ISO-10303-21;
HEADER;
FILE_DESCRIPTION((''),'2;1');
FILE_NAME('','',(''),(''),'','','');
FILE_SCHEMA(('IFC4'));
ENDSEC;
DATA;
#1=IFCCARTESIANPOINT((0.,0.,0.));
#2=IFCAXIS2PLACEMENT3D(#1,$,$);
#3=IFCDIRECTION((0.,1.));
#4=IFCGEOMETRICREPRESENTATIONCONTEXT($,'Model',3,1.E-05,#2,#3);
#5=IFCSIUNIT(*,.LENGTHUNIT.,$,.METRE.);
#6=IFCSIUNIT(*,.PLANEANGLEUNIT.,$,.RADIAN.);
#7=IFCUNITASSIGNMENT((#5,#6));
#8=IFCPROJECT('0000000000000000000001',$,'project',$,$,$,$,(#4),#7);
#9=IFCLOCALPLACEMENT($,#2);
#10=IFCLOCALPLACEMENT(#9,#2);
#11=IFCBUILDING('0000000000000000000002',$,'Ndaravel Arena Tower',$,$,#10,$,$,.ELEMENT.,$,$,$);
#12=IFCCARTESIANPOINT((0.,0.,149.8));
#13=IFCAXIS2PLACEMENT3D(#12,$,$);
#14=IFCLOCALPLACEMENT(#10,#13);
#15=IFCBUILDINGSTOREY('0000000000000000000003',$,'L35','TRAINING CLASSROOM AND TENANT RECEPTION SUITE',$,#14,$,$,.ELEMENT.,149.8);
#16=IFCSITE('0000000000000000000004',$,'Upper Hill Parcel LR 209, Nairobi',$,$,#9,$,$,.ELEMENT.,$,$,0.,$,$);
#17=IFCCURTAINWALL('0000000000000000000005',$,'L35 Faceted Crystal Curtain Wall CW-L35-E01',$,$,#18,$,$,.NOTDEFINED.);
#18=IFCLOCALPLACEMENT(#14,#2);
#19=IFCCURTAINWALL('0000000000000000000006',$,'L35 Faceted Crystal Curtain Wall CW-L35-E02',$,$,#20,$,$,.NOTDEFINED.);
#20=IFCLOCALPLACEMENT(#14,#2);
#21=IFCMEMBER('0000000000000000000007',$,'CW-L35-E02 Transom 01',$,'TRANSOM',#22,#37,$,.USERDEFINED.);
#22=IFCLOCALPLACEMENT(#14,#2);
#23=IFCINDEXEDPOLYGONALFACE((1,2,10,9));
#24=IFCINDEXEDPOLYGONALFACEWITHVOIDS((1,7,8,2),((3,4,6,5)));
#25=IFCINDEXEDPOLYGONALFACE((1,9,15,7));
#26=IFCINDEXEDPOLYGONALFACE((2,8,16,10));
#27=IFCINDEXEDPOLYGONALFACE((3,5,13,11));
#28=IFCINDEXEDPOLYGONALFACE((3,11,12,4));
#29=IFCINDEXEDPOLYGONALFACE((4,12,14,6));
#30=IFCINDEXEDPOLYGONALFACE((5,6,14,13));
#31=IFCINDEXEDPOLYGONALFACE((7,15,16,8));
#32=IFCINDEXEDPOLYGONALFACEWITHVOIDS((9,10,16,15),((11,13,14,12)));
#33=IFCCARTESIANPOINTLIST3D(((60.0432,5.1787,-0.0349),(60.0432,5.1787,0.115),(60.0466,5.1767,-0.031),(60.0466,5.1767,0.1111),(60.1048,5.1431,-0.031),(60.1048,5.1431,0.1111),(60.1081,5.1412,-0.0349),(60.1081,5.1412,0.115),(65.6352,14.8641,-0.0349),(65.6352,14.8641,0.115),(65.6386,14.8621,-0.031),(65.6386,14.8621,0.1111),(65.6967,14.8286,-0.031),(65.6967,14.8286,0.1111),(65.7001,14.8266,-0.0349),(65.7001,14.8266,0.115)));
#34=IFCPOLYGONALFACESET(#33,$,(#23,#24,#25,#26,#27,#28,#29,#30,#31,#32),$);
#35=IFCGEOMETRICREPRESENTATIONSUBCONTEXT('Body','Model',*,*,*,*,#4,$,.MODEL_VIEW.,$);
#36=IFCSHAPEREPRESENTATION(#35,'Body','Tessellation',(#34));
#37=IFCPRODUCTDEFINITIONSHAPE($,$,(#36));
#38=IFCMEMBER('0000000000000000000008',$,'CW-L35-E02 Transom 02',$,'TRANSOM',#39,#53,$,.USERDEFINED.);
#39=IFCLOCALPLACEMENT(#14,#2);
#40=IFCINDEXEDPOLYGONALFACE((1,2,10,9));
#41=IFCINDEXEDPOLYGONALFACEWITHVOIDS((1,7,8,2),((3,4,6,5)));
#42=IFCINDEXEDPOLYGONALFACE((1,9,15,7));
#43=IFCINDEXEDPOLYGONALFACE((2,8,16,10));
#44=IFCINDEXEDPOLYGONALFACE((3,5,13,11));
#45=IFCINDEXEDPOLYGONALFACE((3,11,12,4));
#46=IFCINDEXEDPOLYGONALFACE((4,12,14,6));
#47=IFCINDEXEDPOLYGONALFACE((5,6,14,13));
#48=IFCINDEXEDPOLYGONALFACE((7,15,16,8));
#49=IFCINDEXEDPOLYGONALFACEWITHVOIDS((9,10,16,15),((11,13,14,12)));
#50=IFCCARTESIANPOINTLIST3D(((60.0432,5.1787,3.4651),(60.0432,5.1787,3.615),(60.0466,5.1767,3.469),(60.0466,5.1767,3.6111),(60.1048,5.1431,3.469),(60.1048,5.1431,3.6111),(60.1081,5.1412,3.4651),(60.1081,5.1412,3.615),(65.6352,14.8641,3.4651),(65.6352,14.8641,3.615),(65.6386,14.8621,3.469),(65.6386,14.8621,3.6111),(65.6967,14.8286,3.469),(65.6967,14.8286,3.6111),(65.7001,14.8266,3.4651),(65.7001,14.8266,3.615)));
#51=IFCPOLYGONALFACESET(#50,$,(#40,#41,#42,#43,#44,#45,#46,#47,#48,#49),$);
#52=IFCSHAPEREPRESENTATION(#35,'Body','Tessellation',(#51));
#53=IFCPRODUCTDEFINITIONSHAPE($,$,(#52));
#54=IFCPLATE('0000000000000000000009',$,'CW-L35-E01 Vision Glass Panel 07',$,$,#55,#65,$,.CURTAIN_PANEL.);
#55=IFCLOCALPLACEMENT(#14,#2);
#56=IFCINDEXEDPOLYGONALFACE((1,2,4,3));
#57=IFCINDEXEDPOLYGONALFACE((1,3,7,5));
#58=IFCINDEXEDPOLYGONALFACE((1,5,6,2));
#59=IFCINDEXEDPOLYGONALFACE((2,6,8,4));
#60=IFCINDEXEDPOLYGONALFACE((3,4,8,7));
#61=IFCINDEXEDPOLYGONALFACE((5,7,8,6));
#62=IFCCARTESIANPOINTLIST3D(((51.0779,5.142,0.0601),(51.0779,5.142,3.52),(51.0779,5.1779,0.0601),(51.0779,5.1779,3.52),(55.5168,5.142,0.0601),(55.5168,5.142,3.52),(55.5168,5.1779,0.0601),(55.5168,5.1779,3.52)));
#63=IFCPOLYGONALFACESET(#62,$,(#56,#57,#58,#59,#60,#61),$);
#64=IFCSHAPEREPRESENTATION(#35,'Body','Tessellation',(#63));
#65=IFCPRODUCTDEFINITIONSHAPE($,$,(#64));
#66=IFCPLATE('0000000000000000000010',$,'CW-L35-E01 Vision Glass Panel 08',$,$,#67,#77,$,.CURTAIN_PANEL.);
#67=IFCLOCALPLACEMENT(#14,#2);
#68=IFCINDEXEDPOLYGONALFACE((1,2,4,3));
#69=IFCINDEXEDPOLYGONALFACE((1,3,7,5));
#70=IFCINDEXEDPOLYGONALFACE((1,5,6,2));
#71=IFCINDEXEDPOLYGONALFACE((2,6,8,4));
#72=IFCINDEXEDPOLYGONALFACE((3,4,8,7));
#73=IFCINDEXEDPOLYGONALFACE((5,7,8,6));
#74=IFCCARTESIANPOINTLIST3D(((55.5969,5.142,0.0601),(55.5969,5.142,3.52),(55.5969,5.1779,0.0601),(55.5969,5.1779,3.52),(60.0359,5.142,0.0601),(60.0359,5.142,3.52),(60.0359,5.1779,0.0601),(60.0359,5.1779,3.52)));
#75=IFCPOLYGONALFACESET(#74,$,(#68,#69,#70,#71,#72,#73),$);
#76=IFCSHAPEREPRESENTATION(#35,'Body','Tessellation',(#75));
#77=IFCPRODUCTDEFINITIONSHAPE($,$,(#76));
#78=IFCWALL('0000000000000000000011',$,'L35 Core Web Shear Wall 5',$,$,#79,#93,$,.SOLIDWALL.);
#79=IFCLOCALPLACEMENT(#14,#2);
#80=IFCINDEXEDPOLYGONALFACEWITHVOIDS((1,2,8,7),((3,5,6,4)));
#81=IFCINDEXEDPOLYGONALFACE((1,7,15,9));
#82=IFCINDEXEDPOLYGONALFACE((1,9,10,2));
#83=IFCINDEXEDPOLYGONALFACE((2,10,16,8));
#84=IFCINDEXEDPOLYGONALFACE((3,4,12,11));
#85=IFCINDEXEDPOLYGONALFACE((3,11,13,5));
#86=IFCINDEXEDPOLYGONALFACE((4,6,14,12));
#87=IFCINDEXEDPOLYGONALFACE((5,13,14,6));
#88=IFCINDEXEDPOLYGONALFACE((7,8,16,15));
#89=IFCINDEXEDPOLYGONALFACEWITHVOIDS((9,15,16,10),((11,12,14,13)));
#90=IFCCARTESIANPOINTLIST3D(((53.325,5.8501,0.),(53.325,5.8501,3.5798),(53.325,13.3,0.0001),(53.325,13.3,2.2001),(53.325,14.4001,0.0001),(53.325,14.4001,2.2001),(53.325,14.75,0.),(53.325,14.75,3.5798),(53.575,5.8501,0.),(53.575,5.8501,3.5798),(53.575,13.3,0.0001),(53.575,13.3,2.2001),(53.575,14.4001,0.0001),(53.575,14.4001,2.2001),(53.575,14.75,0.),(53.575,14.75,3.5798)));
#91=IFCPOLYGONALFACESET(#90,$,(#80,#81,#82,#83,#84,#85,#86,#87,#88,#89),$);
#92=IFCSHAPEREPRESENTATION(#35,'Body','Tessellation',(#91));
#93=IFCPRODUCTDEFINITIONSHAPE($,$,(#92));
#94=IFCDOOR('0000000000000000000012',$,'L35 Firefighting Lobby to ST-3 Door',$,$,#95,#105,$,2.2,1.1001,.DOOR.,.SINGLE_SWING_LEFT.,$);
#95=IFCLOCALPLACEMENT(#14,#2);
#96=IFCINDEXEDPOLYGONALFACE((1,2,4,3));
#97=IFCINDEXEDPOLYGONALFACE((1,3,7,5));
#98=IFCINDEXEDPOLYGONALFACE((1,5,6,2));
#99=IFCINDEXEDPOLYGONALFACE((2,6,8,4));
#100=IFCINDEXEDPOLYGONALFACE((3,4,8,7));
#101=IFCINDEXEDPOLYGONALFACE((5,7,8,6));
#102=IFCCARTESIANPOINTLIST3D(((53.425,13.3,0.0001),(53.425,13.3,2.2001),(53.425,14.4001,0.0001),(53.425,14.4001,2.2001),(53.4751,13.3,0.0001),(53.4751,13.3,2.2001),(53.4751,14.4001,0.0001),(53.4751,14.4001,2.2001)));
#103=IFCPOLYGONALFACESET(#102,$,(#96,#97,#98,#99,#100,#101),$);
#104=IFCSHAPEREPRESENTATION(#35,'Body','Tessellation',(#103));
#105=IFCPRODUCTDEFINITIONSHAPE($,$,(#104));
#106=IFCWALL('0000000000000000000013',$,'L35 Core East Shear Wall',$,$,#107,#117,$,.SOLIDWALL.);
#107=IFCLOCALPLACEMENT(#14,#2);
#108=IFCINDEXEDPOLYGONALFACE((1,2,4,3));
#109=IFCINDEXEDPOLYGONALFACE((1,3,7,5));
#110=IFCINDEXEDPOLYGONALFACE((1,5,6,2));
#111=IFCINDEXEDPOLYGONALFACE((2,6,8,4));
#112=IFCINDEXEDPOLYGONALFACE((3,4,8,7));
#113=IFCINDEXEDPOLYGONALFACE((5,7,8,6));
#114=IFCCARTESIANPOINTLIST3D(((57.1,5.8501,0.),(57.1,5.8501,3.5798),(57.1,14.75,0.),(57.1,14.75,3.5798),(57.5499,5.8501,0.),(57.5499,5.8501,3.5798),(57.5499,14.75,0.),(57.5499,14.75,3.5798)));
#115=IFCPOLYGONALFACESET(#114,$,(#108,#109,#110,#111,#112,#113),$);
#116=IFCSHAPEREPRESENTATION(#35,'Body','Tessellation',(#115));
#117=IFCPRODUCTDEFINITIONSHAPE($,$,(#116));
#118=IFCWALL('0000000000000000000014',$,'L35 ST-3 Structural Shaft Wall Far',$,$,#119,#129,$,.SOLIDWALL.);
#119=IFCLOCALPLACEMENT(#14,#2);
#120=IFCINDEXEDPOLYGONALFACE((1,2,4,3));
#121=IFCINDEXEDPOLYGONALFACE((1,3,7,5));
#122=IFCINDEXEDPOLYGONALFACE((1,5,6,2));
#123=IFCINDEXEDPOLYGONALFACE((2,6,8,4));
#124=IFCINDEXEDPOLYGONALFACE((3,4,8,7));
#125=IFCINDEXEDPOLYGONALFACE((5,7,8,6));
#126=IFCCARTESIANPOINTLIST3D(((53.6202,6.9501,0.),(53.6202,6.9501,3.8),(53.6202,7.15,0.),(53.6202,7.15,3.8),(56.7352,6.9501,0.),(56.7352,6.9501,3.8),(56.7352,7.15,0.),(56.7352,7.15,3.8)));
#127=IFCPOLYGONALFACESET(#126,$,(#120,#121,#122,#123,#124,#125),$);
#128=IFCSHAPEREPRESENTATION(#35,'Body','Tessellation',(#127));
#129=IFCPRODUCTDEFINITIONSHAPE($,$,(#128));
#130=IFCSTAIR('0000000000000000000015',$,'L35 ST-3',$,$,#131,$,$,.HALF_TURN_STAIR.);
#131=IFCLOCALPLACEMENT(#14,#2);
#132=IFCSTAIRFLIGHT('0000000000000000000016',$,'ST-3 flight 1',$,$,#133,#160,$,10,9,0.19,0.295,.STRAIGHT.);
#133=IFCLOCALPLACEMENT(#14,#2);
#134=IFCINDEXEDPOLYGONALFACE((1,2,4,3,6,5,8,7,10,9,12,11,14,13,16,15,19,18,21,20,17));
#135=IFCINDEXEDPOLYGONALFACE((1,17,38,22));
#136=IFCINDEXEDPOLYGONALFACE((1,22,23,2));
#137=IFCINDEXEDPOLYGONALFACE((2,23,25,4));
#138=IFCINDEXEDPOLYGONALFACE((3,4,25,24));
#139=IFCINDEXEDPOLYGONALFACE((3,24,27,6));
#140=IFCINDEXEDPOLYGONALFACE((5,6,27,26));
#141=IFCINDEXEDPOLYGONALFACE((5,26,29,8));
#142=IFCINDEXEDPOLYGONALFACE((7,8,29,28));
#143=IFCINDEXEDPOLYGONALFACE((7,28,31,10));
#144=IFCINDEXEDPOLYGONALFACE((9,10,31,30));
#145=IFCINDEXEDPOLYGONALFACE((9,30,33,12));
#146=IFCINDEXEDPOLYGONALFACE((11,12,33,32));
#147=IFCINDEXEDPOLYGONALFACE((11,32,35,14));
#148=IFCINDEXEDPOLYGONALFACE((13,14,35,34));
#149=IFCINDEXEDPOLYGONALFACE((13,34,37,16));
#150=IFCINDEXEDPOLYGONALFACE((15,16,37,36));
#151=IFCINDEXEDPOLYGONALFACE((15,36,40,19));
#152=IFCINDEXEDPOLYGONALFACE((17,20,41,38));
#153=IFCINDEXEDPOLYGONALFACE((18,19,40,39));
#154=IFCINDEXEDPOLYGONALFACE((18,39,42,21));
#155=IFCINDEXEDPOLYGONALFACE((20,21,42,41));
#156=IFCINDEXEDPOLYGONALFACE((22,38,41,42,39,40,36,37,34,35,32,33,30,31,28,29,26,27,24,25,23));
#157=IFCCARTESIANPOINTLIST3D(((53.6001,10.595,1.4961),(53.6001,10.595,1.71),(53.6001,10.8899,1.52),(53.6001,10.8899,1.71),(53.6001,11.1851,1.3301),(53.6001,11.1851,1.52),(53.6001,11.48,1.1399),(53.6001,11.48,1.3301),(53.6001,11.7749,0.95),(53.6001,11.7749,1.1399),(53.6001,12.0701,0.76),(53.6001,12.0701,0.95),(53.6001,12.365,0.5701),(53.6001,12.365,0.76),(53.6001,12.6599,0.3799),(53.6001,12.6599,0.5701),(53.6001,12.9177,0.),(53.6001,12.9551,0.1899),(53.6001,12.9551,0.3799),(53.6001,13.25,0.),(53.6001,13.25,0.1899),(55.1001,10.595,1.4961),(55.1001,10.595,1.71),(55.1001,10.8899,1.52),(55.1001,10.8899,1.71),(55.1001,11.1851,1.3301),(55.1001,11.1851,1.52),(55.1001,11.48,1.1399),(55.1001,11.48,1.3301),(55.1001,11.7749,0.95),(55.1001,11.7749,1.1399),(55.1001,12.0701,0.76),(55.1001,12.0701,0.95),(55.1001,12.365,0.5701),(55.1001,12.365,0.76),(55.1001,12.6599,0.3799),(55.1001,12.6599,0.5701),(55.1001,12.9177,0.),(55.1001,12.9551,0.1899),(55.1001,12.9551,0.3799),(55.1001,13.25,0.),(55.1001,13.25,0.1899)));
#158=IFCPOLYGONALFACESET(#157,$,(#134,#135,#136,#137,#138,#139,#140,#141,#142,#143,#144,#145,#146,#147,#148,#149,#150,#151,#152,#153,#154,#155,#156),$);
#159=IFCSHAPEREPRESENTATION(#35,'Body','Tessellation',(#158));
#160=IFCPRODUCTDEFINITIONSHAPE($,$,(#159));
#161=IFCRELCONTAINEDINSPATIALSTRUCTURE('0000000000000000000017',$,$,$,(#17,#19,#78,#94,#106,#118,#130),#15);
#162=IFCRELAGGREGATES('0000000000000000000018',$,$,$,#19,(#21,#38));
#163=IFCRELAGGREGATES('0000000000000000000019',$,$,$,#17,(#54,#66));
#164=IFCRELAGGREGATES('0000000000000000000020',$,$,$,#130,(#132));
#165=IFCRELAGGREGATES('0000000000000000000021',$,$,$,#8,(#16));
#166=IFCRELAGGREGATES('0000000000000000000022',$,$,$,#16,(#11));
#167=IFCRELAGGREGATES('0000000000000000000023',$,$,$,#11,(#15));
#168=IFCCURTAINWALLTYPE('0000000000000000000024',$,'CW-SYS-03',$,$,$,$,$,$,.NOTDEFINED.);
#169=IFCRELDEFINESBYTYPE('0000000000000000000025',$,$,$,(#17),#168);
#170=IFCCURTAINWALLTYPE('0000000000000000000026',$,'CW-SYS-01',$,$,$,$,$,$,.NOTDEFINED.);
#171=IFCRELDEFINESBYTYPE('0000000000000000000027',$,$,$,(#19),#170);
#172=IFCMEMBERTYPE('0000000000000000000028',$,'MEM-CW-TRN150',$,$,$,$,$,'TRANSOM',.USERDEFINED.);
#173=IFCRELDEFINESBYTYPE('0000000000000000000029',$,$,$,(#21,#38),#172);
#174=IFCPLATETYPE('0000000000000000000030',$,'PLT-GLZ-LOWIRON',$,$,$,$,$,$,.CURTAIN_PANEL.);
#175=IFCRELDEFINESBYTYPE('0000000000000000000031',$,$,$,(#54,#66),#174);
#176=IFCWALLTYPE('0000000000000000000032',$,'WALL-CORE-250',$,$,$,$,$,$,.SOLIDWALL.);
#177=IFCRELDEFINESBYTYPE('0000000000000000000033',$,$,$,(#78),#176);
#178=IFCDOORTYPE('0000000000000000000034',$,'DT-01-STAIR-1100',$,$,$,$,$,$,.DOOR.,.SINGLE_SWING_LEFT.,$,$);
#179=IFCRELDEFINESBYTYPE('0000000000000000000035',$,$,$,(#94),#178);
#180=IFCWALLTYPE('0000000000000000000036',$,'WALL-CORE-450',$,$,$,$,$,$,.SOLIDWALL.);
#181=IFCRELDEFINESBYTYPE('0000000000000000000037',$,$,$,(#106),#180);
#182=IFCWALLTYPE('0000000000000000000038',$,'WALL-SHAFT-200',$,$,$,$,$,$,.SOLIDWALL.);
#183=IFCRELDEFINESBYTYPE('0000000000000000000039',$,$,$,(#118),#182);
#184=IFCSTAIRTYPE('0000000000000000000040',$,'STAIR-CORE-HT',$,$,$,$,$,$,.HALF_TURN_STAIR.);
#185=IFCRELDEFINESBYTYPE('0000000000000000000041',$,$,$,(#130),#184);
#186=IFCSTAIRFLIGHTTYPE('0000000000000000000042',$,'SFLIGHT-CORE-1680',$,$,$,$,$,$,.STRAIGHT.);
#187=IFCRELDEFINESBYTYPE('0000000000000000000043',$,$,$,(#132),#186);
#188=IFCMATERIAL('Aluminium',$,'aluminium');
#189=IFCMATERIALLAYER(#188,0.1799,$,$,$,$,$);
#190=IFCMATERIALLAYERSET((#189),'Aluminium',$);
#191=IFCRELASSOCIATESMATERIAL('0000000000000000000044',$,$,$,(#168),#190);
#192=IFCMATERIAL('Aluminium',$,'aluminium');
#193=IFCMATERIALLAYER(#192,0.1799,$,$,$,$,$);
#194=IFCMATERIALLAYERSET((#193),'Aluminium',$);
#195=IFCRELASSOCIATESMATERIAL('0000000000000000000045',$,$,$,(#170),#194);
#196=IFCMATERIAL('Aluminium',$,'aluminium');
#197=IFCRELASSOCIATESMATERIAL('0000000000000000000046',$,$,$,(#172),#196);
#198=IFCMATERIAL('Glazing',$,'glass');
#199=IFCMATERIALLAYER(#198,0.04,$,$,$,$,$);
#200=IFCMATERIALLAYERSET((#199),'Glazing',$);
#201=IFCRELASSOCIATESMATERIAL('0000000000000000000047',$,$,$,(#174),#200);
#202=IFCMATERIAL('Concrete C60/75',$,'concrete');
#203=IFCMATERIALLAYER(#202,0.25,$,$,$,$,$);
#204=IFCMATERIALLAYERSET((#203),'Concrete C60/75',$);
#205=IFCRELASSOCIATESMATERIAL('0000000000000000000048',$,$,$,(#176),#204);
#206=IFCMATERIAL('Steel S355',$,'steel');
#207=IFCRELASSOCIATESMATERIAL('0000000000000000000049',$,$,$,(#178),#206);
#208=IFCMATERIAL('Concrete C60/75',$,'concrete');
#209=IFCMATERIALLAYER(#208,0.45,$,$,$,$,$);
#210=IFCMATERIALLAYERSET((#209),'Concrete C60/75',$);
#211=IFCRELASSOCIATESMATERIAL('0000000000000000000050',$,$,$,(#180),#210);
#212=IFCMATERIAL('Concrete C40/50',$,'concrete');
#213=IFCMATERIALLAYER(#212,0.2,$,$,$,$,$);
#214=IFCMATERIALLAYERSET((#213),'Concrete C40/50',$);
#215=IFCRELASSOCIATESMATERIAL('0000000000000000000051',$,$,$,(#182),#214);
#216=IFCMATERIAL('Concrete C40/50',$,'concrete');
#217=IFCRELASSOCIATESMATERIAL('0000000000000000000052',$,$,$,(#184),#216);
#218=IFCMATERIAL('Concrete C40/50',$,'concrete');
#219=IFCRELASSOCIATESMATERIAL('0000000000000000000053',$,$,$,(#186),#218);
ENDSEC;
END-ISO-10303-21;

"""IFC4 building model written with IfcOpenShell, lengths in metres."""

from ifc_helpers import new_model, si_unit, direction, frame, frame_2d, origin, origin_2d, place, context, subcontext, project, spatial, polyline, rectangle, hollow_rectangle, outline, extrude, material, layer, layer_set, material_profile, profile_set, type_object, element, fill, aggregate, save


model = new_model("IFC4")

# Units and contexts
model_context = context("Model", 3, precision=1e-05, world=origin(), true_north=direction((0.0, 1.0)))
body_context = subcontext(model_context, "Body", "Model", "MODEL_VIEW")
ifc_project = project(units=[si_unit("LENGTHUNIT", "METRE"), si_unit("PLANEANGLEUNIT", "RADIAN")], contexts=[model_context])

# Site, building, storey
site_placement = place(None, origin())
site = spatial("IfcSite", under=ifc_project, at=site_placement, Name="Upper Hill Parcel LR 209, Nairobi", CompositionType="ELEMENT", RefElevation=0.0)
building_placement = place(site_placement, origin())
building = spatial("IfcBuilding", under=site, at=building_placement, Name="Ndaravel Arena Tower", CompositionType="ELEMENT")
storey_placement = place(building_placement, frame((0.0, 0.0, 149.8)))
storey = spatial("IfcBuildingStorey", under=building, at=storey_placement, Name="L35", Description="TRAINING CLASSROOM AND TENANT RECEPTION SUITE", CompositionType="ELEMENT", Elevation=149.8)

# Curtain wall
ifc_material_1 = material(Name="Aluminium", Category="aluminium")
ifc_layer_1 = layer(ifc_material_1, 0.1799)
ifc_layer_set_1 = layer_set([ifc_layer_1], Name="Aluminium")
curtain_wall_type_1 = type_object("IfcCurtainWallType", Name="CW-SYS-03", PredefinedType="NOTDEFINED", material=ifc_layer_set_1)
curtain_wall_1_placement = place(storey_placement, origin())
curtain_wall_1 = element("IfcCurtainWall", 1, at=curtain_wall_1_placement, inside=storey, type_object=curtain_wall_type_1, Name="L35 Faceted Crystal Curtain Wall CW-L35-E01", PredefinedType="NOTDEFINED")

# Curtain wall, members
ifc_material_2 = material(Name="Aluminium", Category="aluminium")
ifc_layer_2 = layer(ifc_material_2, 0.1799)
ifc_layer_set_2 = layer_set([ifc_layer_2], Name="Aluminium")
curtain_wall_type_2 = type_object("IfcCurtainWallType", Name="CW-SYS-01", PredefinedType="NOTDEFINED", material=ifc_layer_set_2)
curtain_wall_2_placement = place(storey_placement, origin())
curtain_wall_2 = element("IfcCurtainWall", 2, at=curtain_wall_2_placement, inside=storey, type_object=curtain_wall_type_2, Name="L35 Faceted Crystal Curtain Wall CW-L35-E02", PredefinedType="NOTDEFINED")
ifc_material_3 = material(Name="Aluminium", Category="aluminium")
ifc_material_profile_1 = material_profile(ifc_material_3, hollow_rectangle(XDim=0.075, YDim=0.1499, WallThickness=0.0039, at=origin_2d()), Name="CW TRANSOM 75x150x4")
ifc_profile_set_1 = profile_set([ifc_material_profile_1], Name="Aluminium")
member_type_1 = type_object("IfcMemberType", Name="MEM-CW-TRN150", ElementType="TRANSOM", PredefinedType="USERDEFINED", material=ifc_profile_set_1)
member_1_placement = place(storey_placement, frame((60.0757, 5.1599, 0.04), z_axis=(0.500006, 0.866022, 0.0), x_axis=(-0.866022, 0.500006, 0.0)))
member_1 = element("IfcMember", 3, at=member_1_placement, type_object=member_type_1, Name="CW-L35-E02 Transom 01", ObjectType="TRANSOM", PredefinedType="USERDEFINED", context=body_context, shape_type="SweptSolid", body=[
    extrude(hollow_rectangle(XDim=0.075, YDim=0.1499, WallThickness=0.0039, at=origin_2d()), origin(), (0.0, 0.0, 1.0), 11.1838),
])
member_2_placement = place(storey_placement, frame((60.0757, 5.1599, 3.54), z_axis=(0.500006, 0.866022, 0.0), x_axis=(-0.866022, 0.500006, 0.0)))
member_2 = element("IfcMember", 4, at=member_2_placement, type_object=member_type_1, Name="CW-L35-E02 Transom 02", ObjectType="TRANSOM", PredefinedType="USERDEFINED", context=body_context, shape_type="SweptSolid", body=[
    extrude(hollow_rectangle(XDim=0.075, YDim=0.1499, WallThickness=0.0039, at=origin_2d()), origin(), (0.0, 0.0, 1.0), 11.1838),
])
aggregate(curtain_wall_2, [member_1, member_2])

# Plates
ifc_material_4 = material(Name="Glazing", Category="glass")
ifc_layer_3 = layer(ifc_material_4, 0.04)
ifc_layer_set_3 = layer_set([ifc_layer_3], Name="Glazing")
plate_type = type_object("IfcPlateType", Name="PLT-GLZ-LOWIRON", PredefinedType="CURTAIN_PANEL", material=ifc_layer_set_3)
plate_1_placement = place(storey_placement, frame((53.2974, 5.1599, 0.0601), z_axis=(0.0, 0.0, 1.0), x_axis=(1.0, 0.0, 0.0)))
plate_1 = element("IfcPlate", 5, at=plate_1_placement, type_object=plate_type, Name="CW-L35-E01 Vision Glass Panel 07", PredefinedType="CURTAIN_PANEL", context=body_context, shape_type="SweptSolid", body=[
    extrude(rectangle(XDim=4.439, YDim=0.0359, at=origin_2d()), origin(), (0.0, 0.0, 1.0), 3.46),
])
plate_2_placement = place(storey_placement, frame((57.8164, 5.1599, 0.0601), z_axis=(0.0, 0.0, 1.0), x_axis=(1.0, 0.0, 0.0)))
plate_2 = element("IfcPlate", 6, at=plate_2_placement, type_object=plate_type, Name="CW-L35-E01 Vision Glass Panel 08", PredefinedType="CURTAIN_PANEL", context=body_context, shape_type="SweptSolid", body=[
    extrude(rectangle(XDim=4.439, YDim=0.0359, at=origin_2d()), origin(), (0.0, 0.0, 1.0), 3.46),
])
aggregate(curtain_wall_1, [plate_1, plate_2])

# Wall, opening, door
ifc_material_5 = material(Name="Concrete C60/75", Category="concrete")
ifc_layer_4 = layer(ifc_material_5, 0.25)
ifc_layer_set_4 = layer_set([ifc_layer_4], Name="Concrete C60/75")
wall_type_1 = type_object("IfcWallType", Name="WALL-CORE-250", PredefinedType="SOLIDWALL", material=ifc_layer_set_4)
wall_1_placement = place(storey_placement, frame((53.45, 5.8501, 0.0), z_axis=(0.0, 0.0, 1.0), x_axis=(0.0, 1.0, 0.0)))
wall_1 = element("IfcWall", 7, at=wall_1_placement, inside=storey, type_object=wall_type_1, Name="L35 Core Web Shear Wall 5", PredefinedType="SOLIDWALL", context=body_context, shape_type="SweptSolid", body=[
    extrude(rectangle(XDim=8.8999, YDim=0.25, at=frame_2d((4.45, 0.0))), origin(), (0.0, 0.0, 1.0), 3.5798),
])
opening_placement = place(wall_1_placement, frame((7.45, 0.0, 0.0)))
opening = element("IfcOpeningElement", 8, at=opening_placement, cuts=wall_1, PredefinedType="OPENING", context=body_context, shape_type="SweptSolid", body=[
    extrude(rectangle(XDim=1.1001, YDim=2.2, at=frame_2d((0.55, 1.1001))), frame((0.0, 0.125, 0.0), z_axis=(0.0, -1.0, 0.0), x_axis=(1.0, 0.0, 0.0)), (0.0, 0.0, 1.0), 0.25),
])
ifc_material_6 = material(Name="Steel S355", Category="steel")
door_type = type_object("IfcDoorType", Name="DT-01-STAIR-1100", OperationType="SINGLE_SWING_LEFT", PredefinedType="DOOR", material=ifc_material_6)
door_placement = place(opening_placement, origin())
door = element("IfcDoor", 9, at=door_placement, inside=storey, type_object=door_type, Name="L35 Firefighting Lobby to ST-3 Door", OperationType="SINGLE_SWING_LEFT", OverallHeight=2.2, OverallWidth=1.1001, PredefinedType="DOOR", context=body_context, shape_type="SweptSolid", body=[
    extrude(rectangle(XDim=1.1001, YDim=2.2, at=frame_2d((0.55, 1.1001))), frame((0.0, 0.0249, 0.0), z_axis=(0.0, -1.0, 0.0), x_axis=(1.0, 0.0, 0.0)), (0.0, 0.0, 1.0), 0.05),
])
fill(opening, door)

# Walls
ifc_material_7 = material(Name="Concrete C60/75", Category="concrete")
ifc_layer_5 = layer(ifc_material_7, 0.45)
ifc_layer_set_5 = layer_set([ifc_layer_5], Name="Concrete C60/75")
wall_type_2 = type_object("IfcWallType", Name="WALL-CORE-450", PredefinedType="SOLIDWALL", material=ifc_layer_set_5)
wall_2_placement = place(storey_placement, frame((57.325, 5.8501, 0.0), z_axis=(0.0, 0.0, 1.0), x_axis=(0.0, 1.0, 0.0)))
element("IfcWall", 10, at=wall_2_placement, inside=storey, type_object=wall_type_2, Name="L35 Core East Shear Wall", PredefinedType="SOLIDWALL", context=body_context, shape_type="SweptSolid", body=[
    extrude(rectangle(XDim=8.8999, YDim=0.45, at=frame_2d((4.45, 0.0))), origin(), (0.0, 0.0, 1.0), 3.5798),
])
ifc_material_8 = material(Name="Concrete C40/50", Category="concrete")
ifc_layer_6 = layer(ifc_material_8, 0.2)
ifc_layer_set_6 = layer_set([ifc_layer_6], Name="Concrete C40/50")
wall_type_3 = type_object("IfcWallType", Name="WALL-SHAFT-200", PredefinedType="SOLIDWALL", material=ifc_layer_set_6)
wall_3_placement = place(storey_placement, frame((53.6201, 7.05, 0.0), z_axis=(0.0, 0.0, 1.0), x_axis=(1.0, 0.0, 0.0)))
element("IfcWall", 11, at=wall_3_placement, inside=storey, type_object=wall_type_3, Name="L35 ST-3 Structural Shaft Wall Far", PredefinedType="SOLIDWALL", context=body_context, shape_type="SweptSolid", body=[
    extrude(rectangle(XDim=3.115, YDim=0.2, at=frame_2d((1.5576, 0.0))), origin(), (0.0, 0.0, 1.0), 3.8),
])

# Stair, stair flight
ifc_material_9 = material(Name="Concrete C40/50", Category="concrete")
stair_type = type_object("IfcStairType", Name="STAIR-CORE-HT", PredefinedType="HALF_TURN_STAIR", material=ifc_material_9)
stair_placement = place(storey_placement, origin())
stair = element("IfcStair", 12, at=stair_placement, inside=storey, type_object=stair_type, Name="L35 ST-3", PredefinedType="HALF_TURN_STAIR")
ifc_material_10 = material(Name="Concrete C40/50", Category="concrete")
stair_flight_type = type_object("IfcStairFlightType", Name="SFLIGHT-CORE-1680", PredefinedType="STRAIGHT", material=ifc_material_10)
stair_flight_1_placement = place(storey_placement, frame((54.3501, 13.25, 0.0), z_axis=(0.0, 0.0, 1.0), x_axis=(0.0, -1.0, 0.0)))
stair_flight_1 = element("IfcStairFlight", 13, at=stair_flight_1_placement, type_object=stair_flight_type, Name="ST-3 flight 1", NumberOfRisers=10, NumberOfTreads=9, PredefinedType="STRAIGHT", RiserHeight=0.19, TreadLength=0.295, context=body_context, shape_type="SweptSolid", body=[
    extrude(outline(polyline([(0.0, 0.0), (0.0, 0.1899), (0.2949, 0.1899), (0.2949, 0.3799), (0.5901, 0.3799), (0.5901, 0.5701), (0.885, 0.5701), (0.885, 0.76), (1.1799, 0.76), (1.1799, 0.95), (1.4751, 0.95), (1.4751, 1.1399), (1.77, 1.1399), (1.77, 1.3301), (2.0649, 1.3301), (2.0649, 1.52), (2.3601, 1.52), (2.3601, 1.71), (2.655, 1.71), (2.655, 1.8999), (2.655, 1.4961), (0.3323, 0.0), (0.0, 0.0)])), frame((0.0, 0.75, 0.0), z_axis=(0.0, -1.0, 0.0), x_axis=(1.0, 0.0, 0.0)), (0.0, 0.0, 1.0), 1.5),
])
aggregate(stair, [stair_flight_1])

save(model, "model.ifc")
